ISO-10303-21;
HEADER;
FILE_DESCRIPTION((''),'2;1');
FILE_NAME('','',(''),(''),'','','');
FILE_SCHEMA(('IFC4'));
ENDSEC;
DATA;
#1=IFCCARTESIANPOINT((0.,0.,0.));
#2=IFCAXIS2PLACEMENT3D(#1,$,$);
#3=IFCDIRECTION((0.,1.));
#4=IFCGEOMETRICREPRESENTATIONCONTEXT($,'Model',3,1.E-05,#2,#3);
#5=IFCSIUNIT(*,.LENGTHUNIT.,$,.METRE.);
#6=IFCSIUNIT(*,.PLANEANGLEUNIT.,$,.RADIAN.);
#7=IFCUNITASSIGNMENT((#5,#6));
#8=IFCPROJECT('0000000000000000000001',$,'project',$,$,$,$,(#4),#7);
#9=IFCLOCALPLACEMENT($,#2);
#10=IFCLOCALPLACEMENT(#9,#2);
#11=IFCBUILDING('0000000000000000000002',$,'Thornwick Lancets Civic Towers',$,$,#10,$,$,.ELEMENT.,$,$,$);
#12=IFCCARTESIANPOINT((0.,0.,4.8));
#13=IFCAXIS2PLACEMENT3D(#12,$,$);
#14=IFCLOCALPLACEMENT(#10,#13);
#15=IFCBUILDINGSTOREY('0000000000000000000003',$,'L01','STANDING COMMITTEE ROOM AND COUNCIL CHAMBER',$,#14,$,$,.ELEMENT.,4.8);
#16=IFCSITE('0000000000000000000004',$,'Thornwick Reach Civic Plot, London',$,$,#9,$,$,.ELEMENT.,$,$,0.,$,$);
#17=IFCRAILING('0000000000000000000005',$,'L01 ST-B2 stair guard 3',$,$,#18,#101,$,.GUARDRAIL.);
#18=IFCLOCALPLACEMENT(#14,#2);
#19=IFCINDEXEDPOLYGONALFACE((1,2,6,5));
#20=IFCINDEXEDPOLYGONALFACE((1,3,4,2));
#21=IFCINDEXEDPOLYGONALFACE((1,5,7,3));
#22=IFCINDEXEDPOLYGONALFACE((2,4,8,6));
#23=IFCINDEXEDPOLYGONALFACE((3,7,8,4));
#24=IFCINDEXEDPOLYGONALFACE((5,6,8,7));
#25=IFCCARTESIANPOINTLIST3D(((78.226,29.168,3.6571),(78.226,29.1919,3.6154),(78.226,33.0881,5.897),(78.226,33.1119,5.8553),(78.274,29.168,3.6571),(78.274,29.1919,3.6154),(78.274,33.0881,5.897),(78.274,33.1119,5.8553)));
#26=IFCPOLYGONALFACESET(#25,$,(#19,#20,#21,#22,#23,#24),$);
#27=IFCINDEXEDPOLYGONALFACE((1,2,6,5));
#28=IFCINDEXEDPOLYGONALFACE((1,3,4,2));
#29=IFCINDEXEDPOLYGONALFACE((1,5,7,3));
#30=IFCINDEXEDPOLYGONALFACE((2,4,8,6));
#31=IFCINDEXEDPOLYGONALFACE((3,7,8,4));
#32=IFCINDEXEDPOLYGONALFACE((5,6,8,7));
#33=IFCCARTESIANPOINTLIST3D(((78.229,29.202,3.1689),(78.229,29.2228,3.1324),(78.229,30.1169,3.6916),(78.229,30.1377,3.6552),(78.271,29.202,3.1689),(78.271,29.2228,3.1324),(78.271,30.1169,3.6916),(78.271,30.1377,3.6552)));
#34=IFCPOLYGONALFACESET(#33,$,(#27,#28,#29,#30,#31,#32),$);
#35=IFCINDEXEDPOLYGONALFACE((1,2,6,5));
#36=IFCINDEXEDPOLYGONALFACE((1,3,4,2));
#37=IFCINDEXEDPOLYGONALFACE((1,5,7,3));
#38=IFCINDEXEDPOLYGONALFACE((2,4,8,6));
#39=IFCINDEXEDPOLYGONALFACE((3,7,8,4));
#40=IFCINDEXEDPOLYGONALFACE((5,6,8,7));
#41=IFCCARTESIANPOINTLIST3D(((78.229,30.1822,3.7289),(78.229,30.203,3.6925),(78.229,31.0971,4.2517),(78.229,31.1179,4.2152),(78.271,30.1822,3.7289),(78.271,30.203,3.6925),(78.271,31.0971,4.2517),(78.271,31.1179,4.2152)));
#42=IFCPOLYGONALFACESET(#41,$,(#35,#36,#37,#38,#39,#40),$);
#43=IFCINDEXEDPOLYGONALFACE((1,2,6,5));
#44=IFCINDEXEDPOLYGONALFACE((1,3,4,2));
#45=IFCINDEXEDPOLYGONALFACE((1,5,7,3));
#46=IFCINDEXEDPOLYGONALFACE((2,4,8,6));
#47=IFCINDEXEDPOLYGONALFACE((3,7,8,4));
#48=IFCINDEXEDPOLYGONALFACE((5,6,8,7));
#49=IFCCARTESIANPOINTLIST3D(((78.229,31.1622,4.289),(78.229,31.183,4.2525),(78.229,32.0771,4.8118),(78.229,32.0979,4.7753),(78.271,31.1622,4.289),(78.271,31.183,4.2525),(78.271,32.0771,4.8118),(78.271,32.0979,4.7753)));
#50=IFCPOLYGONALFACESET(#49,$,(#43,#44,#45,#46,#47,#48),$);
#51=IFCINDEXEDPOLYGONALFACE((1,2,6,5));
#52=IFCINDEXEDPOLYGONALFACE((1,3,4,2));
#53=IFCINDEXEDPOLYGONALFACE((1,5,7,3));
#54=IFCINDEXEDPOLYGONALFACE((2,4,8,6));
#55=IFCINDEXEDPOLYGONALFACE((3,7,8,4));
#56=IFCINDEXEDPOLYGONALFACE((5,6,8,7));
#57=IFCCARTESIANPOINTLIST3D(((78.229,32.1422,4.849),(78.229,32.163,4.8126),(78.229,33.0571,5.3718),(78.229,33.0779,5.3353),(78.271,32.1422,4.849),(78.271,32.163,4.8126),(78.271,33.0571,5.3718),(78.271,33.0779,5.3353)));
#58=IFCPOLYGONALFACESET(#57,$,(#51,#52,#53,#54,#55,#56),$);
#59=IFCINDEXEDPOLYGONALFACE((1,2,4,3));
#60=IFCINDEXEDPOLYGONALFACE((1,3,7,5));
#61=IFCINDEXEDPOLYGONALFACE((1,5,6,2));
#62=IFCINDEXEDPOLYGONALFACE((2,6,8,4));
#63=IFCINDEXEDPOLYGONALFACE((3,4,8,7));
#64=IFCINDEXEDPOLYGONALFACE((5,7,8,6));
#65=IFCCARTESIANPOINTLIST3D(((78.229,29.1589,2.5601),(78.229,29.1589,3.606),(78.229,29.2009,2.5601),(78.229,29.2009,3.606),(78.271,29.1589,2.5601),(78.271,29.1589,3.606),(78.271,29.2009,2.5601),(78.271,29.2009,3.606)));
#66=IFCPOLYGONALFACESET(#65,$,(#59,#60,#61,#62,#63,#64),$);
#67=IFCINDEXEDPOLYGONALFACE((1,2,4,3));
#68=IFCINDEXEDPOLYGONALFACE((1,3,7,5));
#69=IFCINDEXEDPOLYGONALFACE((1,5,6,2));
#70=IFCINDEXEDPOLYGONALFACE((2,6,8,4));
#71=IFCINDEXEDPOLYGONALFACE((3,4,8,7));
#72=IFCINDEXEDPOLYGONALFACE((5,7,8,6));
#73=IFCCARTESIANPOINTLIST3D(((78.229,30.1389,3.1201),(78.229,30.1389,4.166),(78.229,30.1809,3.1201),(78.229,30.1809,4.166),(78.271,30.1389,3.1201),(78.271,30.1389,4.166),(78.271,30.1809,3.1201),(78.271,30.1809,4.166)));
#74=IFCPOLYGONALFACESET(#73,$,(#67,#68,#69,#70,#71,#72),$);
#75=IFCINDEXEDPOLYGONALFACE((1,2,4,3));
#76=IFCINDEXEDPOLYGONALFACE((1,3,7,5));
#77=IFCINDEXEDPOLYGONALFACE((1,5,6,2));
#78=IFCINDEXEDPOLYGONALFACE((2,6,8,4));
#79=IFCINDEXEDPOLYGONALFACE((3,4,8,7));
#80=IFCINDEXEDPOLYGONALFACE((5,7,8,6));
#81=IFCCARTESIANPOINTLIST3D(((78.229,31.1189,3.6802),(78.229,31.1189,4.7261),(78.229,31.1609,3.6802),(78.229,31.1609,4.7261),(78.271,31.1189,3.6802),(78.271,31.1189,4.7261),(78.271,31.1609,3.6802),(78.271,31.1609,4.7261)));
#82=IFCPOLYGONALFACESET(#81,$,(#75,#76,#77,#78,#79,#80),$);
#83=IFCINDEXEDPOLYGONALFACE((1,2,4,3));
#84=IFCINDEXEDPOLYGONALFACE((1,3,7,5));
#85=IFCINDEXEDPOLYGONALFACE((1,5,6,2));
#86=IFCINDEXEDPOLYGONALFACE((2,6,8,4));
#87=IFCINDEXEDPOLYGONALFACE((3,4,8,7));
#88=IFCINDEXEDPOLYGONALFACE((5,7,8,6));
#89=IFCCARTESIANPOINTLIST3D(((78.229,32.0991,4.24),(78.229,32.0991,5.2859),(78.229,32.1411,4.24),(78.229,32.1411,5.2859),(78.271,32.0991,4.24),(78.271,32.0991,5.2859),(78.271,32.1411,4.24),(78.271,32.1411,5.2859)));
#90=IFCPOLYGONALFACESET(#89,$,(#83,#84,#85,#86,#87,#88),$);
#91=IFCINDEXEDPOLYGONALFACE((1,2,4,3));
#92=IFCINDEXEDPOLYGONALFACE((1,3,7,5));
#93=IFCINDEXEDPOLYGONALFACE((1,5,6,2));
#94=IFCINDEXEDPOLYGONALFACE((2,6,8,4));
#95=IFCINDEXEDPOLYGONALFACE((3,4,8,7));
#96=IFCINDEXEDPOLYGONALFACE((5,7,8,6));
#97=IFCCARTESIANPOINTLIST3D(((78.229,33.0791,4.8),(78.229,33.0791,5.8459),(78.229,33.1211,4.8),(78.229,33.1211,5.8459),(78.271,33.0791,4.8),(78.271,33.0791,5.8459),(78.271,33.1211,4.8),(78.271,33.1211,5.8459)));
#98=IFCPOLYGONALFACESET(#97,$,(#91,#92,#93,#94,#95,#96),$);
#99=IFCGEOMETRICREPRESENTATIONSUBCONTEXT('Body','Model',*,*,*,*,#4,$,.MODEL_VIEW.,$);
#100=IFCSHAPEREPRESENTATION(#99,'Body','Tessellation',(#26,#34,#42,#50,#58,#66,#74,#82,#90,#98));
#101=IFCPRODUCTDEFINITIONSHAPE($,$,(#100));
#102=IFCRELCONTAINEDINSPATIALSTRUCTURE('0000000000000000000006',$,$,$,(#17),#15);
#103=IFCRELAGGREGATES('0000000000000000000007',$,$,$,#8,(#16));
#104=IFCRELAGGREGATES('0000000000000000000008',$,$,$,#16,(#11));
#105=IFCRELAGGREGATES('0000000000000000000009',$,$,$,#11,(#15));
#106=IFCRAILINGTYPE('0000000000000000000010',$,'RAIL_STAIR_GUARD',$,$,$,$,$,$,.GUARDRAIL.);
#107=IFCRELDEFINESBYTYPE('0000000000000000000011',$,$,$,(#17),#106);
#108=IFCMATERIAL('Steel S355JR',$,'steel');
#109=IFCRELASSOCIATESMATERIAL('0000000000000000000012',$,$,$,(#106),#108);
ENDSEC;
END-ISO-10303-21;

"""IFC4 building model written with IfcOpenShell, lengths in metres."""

from ifc_helpers import new_model, si_unit, direction, frame, origin, origin_2d, place, context, subcontext, project, spatial, rectangle, extrude, material, type_object, element, save


model = new_model("IFC4")

# Units and contexts
model_context = context("Model", 3, precision=1e-05, world=origin(), true_north=direction((0.0, 1.0)))
body_context = subcontext(model_context, "Body", "Model", "MODEL_VIEW")
ifc_project = project(units=[si_unit("LENGTHUNIT", "METRE"), si_unit("PLANEANGLEUNIT", "RADIAN")], contexts=[model_context])

# Site, building, storey
site_placement = place(None, origin())
site = spatial("IfcSite", under=ifc_project, at=site_placement, Name="Thornwick Reach Civic Plot, London", CompositionType="ELEMENT", RefElevation=0.0)
building_placement = place(site_placement, origin())
building = spatial("IfcBuilding", under=site, at=building_placement, Name="Thornwick Lancets Civic Towers", CompositionType="ELEMENT")
storey_placement = place(building_placement, frame((0.0, 0.0, 4.8)))
storey = spatial("IfcBuildingStorey", under=building, at=storey_placement, Name="L01", Description="STANDING COMMITTEE ROOM AND COUNCIL CHAMBER", CompositionType="ELEMENT", Elevation=4.8)

# Shared definitions
ifc_material_1 = material(Name="Steel S355JR", Category="steel")

# Railing
railing_type_1 = type_object("IfcRailingType", Name="RAIL_STAIR_GUARD", PredefinedType="GUARDRAIL", material=ifc_material_1)
railing_1_placement = place(storey_placement, frame((78.25, 29.1799, 2.5601)))
element("IfcRailing", 1, at=railing_1_placement, inside=storey, type_object=railing_type_1, Name="L01 ST-B2 stair guard 3", PredefinedType="GUARDRAIL", context=body_context, shape_type="SweptSolid", body=[
    extrude(rectangle(XDim=0.0481, YDim=0.0481, at=origin_2d()), frame((0.0, 0.0, 1.0762), z_axis=(0.0, 0.868253, 0.496121), x_axis=(-1.0, 0.0, 0.0)), (0.0, 0.0, 1.0), 4.5149),
    extrude(rectangle(XDim=0.042, YDim=0.042, at=origin_2d()), frame((0.0, 0.0325, 0.5906), z_axis=(0.0, 0.868253, 0.496121), x_axis=(-1.0, 0.0, 0.0)), (0.0, 0.0, 1.0), 1.0537),
    extrude(rectangle(XDim=0.042, YDim=0.042, at=origin_2d()), frame((0.0, 1.0127, 1.1506), z_axis=(0.0, 0.868253, 0.496121), x_axis=(-1.0, 0.0, 0.0)), (0.0, 0.0, 1.0), 1.0537),
    extrude(rectangle(XDim=0.042, YDim=0.042, at=origin_2d()), frame((0.0, 1.9927, 1.7107), z_axis=(0.0, 0.868253, 0.496121), x_axis=(-1.0, 0.0, 0.0)), (0.0, 0.0, 1.0), 1.0537),
    extrude(rectangle(XDim=0.042, YDim=0.042, at=origin_2d()), frame((0.0, 2.9727, 2.2708), z_axis=(0.0, 0.868253, 0.496121), x_axis=(-1.0, 0.0, 0.0)), (0.0, 0.0, 1.0), 1.0537),
    extrude(rectangle(XDim=0.042, YDim=0.042, at=origin_2d()), origin(), (0.0, 0.0, 1.0), 1.0459),
    extrude(rectangle(XDim=0.042, YDim=0.042, at=origin_2d()), frame((0.0, 0.98, 0.5601)), (0.0, 0.0, 1.0), 1.0459),
    extrude(rectangle(XDim=0.042, YDim=0.042, at=origin_2d()), frame((0.0, 1.96, 1.1201)), (0.0, 0.0, 1.0), 1.0459),
    extrude(rectangle(XDim=0.042, YDim=0.042, at=origin_2d()), frame((0.0, 2.9402, 1.6799)), (0.0, 0.0, 1.0), 1.0459),
    extrude(rectangle(XDim=0.042, YDim=0.042, at=origin_2d()), frame((0.0, 3.9202, 2.24)), (0.0, 0.0, 1.0), 1.0459),
])

save(model, "model.ifc")
